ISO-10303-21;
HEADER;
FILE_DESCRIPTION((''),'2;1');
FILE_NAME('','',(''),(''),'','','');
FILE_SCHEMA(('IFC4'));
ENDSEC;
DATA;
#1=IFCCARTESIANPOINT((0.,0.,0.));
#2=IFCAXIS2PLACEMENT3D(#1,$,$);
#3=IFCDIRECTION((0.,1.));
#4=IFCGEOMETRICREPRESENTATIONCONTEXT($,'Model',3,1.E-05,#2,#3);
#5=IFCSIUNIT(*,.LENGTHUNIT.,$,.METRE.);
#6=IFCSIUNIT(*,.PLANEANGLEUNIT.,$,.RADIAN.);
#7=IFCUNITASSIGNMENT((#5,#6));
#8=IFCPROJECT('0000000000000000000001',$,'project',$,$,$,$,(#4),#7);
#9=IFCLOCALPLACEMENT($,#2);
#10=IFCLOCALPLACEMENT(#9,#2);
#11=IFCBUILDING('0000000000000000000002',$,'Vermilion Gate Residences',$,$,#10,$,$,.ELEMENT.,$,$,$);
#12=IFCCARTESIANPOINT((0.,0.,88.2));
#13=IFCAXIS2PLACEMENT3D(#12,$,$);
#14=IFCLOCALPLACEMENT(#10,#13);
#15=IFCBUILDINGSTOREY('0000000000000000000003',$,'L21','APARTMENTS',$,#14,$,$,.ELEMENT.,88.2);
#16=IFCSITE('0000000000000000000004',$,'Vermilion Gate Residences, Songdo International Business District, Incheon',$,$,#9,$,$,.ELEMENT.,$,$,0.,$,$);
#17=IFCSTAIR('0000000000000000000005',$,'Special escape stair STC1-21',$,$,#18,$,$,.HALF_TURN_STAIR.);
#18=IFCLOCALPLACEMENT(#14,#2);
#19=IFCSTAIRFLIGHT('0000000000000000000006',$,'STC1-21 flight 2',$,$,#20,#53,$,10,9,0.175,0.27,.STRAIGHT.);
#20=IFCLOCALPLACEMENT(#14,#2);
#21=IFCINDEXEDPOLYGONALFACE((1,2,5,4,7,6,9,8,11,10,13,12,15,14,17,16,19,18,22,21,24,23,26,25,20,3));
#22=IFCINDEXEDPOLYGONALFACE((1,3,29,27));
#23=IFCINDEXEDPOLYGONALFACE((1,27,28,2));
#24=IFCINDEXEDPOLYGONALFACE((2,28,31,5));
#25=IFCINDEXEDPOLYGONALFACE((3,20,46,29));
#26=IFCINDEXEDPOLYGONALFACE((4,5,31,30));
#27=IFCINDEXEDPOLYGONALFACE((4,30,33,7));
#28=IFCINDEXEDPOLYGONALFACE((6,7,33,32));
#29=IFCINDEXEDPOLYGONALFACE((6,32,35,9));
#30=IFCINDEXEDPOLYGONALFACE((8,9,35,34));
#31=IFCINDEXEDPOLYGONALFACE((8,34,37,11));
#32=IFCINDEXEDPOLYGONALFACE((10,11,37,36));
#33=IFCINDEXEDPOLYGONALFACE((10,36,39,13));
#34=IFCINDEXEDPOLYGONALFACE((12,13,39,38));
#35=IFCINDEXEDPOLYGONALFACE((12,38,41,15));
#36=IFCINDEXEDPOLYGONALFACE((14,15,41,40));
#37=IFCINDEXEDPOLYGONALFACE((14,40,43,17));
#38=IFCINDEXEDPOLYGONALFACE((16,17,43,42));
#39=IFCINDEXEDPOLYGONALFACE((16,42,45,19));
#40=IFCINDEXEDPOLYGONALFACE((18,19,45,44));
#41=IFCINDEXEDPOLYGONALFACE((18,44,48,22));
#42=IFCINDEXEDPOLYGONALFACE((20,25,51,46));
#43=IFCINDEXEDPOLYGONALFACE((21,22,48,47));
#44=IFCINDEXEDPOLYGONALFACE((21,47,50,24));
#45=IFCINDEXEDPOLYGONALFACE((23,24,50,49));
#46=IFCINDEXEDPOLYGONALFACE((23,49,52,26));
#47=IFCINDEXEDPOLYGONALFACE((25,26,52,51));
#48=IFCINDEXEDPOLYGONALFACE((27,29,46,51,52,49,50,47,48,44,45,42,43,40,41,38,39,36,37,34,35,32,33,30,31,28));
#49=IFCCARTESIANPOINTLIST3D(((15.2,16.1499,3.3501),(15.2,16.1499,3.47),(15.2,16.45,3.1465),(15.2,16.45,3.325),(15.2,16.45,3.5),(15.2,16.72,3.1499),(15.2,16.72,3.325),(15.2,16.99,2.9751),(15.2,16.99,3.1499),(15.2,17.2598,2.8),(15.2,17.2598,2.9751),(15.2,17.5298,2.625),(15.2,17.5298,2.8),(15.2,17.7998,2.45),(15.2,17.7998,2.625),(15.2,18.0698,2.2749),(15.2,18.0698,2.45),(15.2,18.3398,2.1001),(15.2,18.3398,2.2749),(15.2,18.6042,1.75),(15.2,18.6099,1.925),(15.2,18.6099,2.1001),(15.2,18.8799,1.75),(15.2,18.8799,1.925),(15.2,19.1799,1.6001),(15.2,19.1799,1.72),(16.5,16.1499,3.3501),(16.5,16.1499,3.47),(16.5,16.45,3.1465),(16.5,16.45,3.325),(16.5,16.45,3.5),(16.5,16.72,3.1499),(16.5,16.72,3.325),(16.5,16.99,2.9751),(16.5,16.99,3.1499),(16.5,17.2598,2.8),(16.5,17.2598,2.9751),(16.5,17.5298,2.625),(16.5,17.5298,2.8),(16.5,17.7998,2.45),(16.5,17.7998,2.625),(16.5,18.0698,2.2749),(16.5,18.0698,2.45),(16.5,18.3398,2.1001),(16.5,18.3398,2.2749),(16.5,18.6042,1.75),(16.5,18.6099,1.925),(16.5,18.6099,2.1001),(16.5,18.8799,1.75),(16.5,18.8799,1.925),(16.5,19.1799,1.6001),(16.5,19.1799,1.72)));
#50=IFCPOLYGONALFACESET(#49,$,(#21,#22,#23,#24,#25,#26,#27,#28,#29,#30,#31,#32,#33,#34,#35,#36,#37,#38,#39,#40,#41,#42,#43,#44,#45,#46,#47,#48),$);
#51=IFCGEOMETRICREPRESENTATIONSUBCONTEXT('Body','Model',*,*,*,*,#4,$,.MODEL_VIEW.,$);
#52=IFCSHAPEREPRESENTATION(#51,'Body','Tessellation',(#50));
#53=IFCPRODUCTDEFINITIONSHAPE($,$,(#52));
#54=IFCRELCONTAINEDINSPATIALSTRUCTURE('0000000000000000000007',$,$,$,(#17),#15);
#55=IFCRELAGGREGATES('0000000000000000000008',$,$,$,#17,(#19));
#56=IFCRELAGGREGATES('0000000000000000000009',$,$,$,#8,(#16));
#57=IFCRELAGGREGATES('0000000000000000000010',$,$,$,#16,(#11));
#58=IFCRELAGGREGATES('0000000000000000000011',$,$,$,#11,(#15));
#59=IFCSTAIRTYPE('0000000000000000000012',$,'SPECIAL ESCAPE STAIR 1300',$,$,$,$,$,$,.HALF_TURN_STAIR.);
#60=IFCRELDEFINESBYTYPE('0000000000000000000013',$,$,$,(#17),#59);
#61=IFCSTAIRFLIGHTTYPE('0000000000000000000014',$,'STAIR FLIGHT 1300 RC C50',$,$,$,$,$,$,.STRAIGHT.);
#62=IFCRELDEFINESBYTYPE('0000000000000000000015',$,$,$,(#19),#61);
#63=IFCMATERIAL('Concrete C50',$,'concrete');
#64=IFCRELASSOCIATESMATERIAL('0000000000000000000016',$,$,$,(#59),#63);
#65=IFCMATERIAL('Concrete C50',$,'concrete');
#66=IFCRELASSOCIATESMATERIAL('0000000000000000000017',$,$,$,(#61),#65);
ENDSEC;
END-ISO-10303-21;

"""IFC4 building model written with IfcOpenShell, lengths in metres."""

from ifc_helpers import new_model, si_unit, direction, frame, origin, place, context, subcontext, project, spatial, polyline, outline, extrude, material, type_object, element, aggregate, save


model = new_model("IFC4")

# Units and contexts
model_context = context("Model", 3, precision=1e-05, world=origin(), true_north=direction((0.0, 1.0)))
body_context = subcontext(model_context, "Body", "Model", "MODEL_VIEW")
ifc_project = project(units=[si_unit("LENGTHUNIT", "METRE"), si_unit("PLANEANGLEUNIT", "RADIAN")], contexts=[model_context])

# Site, building, storey
site_placement = place(None, origin())
site = spatial("IfcSite", under=ifc_project, at=site_placement, Name="Vermilion Gate Residences, Songdo International Business District, Incheon", CompositionType="ELEMENT", RefElevation=0.0)
building_placement = place(site_placement, origin())
building = spatial("IfcBuilding", under=site, at=building_placement, Name="Vermilion Gate Residences", CompositionType="ELEMENT")
storey_placement = place(building_placement, frame((0.0, 0.0, 88.2)))
storey = spatial("IfcBuildingStorey", under=building, at=storey_placement, Name="L21", Description="APARTMENTS", CompositionType="ELEMENT", Elevation=88.2)

# Stair, stair flight
ifc_material_1 = material(Name="Concrete C50", Category="concrete")
stair_type = type_object("IfcStairType", Name="SPECIAL ESCAPE STAIR 1300", PredefinedType="HALF_TURN_STAIR", material=ifc_material_1)
stair_placement = place(storey_placement, origin())
stair = element("IfcStair", 1, at=stair_placement, inside=storey, type_object=stair_type, Name="Special escape stair STC1-21", PredefinedType="HALF_TURN_STAIR")
ifc_material_2 = material(Name="Concrete C50", Category="concrete")
stair_flight_type = type_object("IfcStairFlightType", Name="STAIR FLIGHT 1300 RC C50", PredefinedType="STRAIGHT", material=ifc_material_2)
stair_flight_placement = place(storey_placement, frame((15.8501, 18.8799, 1.75), z_axis=(0.0, 0.0, 1.0), x_axis=(0.0, -1.0, 0.0)))
stair_flight = element("IfcStairFlight", 2, at=stair_flight_placement, type_object=stair_flight_type, Name="STC1-21 flight 2", NumberOfRisers=10, NumberOfTreads=9, PredefinedType="STRAIGHT", RiserHeight=0.175, TreadLength=0.27, context=body_context, shape_type="SweptSolid", body=[
    extrude(outline(polyline([(-0.3, -0.1499), (-0.3, -0.03), (0.0, 0.0), (0.0, 0.175), (0.27, 0.175), (0.27, 0.3501), (0.54, 0.3501), (0.54, 0.5249), (0.8101, 0.5249), (0.8101, 0.7), (1.0801, 0.7), (1.0801, 0.875), (1.3501, 0.875), (1.3501, 1.05), (1.6201, 1.05), (1.6201, 1.2251), (1.8899, 1.2251), (1.8899, 1.3999), (2.1599, 1.3999), (2.1599, 1.575), (2.4299, 1.575), (2.4299, 1.75), (2.73, 1.72), (2.73, 1.6001), (2.4299, 1.3965), (0.2756, 0.0), (-0.3, -0.1499)])), frame((0.0, 0.6499, 0.0), z_axis=(0.0, -1.0, 0.0), x_axis=(1.0, 0.0, 0.0)), (0.0, 0.0, 1.0), 1.3),
])
aggregate(stair, [stair_flight])

save(model, "model.ifc")
